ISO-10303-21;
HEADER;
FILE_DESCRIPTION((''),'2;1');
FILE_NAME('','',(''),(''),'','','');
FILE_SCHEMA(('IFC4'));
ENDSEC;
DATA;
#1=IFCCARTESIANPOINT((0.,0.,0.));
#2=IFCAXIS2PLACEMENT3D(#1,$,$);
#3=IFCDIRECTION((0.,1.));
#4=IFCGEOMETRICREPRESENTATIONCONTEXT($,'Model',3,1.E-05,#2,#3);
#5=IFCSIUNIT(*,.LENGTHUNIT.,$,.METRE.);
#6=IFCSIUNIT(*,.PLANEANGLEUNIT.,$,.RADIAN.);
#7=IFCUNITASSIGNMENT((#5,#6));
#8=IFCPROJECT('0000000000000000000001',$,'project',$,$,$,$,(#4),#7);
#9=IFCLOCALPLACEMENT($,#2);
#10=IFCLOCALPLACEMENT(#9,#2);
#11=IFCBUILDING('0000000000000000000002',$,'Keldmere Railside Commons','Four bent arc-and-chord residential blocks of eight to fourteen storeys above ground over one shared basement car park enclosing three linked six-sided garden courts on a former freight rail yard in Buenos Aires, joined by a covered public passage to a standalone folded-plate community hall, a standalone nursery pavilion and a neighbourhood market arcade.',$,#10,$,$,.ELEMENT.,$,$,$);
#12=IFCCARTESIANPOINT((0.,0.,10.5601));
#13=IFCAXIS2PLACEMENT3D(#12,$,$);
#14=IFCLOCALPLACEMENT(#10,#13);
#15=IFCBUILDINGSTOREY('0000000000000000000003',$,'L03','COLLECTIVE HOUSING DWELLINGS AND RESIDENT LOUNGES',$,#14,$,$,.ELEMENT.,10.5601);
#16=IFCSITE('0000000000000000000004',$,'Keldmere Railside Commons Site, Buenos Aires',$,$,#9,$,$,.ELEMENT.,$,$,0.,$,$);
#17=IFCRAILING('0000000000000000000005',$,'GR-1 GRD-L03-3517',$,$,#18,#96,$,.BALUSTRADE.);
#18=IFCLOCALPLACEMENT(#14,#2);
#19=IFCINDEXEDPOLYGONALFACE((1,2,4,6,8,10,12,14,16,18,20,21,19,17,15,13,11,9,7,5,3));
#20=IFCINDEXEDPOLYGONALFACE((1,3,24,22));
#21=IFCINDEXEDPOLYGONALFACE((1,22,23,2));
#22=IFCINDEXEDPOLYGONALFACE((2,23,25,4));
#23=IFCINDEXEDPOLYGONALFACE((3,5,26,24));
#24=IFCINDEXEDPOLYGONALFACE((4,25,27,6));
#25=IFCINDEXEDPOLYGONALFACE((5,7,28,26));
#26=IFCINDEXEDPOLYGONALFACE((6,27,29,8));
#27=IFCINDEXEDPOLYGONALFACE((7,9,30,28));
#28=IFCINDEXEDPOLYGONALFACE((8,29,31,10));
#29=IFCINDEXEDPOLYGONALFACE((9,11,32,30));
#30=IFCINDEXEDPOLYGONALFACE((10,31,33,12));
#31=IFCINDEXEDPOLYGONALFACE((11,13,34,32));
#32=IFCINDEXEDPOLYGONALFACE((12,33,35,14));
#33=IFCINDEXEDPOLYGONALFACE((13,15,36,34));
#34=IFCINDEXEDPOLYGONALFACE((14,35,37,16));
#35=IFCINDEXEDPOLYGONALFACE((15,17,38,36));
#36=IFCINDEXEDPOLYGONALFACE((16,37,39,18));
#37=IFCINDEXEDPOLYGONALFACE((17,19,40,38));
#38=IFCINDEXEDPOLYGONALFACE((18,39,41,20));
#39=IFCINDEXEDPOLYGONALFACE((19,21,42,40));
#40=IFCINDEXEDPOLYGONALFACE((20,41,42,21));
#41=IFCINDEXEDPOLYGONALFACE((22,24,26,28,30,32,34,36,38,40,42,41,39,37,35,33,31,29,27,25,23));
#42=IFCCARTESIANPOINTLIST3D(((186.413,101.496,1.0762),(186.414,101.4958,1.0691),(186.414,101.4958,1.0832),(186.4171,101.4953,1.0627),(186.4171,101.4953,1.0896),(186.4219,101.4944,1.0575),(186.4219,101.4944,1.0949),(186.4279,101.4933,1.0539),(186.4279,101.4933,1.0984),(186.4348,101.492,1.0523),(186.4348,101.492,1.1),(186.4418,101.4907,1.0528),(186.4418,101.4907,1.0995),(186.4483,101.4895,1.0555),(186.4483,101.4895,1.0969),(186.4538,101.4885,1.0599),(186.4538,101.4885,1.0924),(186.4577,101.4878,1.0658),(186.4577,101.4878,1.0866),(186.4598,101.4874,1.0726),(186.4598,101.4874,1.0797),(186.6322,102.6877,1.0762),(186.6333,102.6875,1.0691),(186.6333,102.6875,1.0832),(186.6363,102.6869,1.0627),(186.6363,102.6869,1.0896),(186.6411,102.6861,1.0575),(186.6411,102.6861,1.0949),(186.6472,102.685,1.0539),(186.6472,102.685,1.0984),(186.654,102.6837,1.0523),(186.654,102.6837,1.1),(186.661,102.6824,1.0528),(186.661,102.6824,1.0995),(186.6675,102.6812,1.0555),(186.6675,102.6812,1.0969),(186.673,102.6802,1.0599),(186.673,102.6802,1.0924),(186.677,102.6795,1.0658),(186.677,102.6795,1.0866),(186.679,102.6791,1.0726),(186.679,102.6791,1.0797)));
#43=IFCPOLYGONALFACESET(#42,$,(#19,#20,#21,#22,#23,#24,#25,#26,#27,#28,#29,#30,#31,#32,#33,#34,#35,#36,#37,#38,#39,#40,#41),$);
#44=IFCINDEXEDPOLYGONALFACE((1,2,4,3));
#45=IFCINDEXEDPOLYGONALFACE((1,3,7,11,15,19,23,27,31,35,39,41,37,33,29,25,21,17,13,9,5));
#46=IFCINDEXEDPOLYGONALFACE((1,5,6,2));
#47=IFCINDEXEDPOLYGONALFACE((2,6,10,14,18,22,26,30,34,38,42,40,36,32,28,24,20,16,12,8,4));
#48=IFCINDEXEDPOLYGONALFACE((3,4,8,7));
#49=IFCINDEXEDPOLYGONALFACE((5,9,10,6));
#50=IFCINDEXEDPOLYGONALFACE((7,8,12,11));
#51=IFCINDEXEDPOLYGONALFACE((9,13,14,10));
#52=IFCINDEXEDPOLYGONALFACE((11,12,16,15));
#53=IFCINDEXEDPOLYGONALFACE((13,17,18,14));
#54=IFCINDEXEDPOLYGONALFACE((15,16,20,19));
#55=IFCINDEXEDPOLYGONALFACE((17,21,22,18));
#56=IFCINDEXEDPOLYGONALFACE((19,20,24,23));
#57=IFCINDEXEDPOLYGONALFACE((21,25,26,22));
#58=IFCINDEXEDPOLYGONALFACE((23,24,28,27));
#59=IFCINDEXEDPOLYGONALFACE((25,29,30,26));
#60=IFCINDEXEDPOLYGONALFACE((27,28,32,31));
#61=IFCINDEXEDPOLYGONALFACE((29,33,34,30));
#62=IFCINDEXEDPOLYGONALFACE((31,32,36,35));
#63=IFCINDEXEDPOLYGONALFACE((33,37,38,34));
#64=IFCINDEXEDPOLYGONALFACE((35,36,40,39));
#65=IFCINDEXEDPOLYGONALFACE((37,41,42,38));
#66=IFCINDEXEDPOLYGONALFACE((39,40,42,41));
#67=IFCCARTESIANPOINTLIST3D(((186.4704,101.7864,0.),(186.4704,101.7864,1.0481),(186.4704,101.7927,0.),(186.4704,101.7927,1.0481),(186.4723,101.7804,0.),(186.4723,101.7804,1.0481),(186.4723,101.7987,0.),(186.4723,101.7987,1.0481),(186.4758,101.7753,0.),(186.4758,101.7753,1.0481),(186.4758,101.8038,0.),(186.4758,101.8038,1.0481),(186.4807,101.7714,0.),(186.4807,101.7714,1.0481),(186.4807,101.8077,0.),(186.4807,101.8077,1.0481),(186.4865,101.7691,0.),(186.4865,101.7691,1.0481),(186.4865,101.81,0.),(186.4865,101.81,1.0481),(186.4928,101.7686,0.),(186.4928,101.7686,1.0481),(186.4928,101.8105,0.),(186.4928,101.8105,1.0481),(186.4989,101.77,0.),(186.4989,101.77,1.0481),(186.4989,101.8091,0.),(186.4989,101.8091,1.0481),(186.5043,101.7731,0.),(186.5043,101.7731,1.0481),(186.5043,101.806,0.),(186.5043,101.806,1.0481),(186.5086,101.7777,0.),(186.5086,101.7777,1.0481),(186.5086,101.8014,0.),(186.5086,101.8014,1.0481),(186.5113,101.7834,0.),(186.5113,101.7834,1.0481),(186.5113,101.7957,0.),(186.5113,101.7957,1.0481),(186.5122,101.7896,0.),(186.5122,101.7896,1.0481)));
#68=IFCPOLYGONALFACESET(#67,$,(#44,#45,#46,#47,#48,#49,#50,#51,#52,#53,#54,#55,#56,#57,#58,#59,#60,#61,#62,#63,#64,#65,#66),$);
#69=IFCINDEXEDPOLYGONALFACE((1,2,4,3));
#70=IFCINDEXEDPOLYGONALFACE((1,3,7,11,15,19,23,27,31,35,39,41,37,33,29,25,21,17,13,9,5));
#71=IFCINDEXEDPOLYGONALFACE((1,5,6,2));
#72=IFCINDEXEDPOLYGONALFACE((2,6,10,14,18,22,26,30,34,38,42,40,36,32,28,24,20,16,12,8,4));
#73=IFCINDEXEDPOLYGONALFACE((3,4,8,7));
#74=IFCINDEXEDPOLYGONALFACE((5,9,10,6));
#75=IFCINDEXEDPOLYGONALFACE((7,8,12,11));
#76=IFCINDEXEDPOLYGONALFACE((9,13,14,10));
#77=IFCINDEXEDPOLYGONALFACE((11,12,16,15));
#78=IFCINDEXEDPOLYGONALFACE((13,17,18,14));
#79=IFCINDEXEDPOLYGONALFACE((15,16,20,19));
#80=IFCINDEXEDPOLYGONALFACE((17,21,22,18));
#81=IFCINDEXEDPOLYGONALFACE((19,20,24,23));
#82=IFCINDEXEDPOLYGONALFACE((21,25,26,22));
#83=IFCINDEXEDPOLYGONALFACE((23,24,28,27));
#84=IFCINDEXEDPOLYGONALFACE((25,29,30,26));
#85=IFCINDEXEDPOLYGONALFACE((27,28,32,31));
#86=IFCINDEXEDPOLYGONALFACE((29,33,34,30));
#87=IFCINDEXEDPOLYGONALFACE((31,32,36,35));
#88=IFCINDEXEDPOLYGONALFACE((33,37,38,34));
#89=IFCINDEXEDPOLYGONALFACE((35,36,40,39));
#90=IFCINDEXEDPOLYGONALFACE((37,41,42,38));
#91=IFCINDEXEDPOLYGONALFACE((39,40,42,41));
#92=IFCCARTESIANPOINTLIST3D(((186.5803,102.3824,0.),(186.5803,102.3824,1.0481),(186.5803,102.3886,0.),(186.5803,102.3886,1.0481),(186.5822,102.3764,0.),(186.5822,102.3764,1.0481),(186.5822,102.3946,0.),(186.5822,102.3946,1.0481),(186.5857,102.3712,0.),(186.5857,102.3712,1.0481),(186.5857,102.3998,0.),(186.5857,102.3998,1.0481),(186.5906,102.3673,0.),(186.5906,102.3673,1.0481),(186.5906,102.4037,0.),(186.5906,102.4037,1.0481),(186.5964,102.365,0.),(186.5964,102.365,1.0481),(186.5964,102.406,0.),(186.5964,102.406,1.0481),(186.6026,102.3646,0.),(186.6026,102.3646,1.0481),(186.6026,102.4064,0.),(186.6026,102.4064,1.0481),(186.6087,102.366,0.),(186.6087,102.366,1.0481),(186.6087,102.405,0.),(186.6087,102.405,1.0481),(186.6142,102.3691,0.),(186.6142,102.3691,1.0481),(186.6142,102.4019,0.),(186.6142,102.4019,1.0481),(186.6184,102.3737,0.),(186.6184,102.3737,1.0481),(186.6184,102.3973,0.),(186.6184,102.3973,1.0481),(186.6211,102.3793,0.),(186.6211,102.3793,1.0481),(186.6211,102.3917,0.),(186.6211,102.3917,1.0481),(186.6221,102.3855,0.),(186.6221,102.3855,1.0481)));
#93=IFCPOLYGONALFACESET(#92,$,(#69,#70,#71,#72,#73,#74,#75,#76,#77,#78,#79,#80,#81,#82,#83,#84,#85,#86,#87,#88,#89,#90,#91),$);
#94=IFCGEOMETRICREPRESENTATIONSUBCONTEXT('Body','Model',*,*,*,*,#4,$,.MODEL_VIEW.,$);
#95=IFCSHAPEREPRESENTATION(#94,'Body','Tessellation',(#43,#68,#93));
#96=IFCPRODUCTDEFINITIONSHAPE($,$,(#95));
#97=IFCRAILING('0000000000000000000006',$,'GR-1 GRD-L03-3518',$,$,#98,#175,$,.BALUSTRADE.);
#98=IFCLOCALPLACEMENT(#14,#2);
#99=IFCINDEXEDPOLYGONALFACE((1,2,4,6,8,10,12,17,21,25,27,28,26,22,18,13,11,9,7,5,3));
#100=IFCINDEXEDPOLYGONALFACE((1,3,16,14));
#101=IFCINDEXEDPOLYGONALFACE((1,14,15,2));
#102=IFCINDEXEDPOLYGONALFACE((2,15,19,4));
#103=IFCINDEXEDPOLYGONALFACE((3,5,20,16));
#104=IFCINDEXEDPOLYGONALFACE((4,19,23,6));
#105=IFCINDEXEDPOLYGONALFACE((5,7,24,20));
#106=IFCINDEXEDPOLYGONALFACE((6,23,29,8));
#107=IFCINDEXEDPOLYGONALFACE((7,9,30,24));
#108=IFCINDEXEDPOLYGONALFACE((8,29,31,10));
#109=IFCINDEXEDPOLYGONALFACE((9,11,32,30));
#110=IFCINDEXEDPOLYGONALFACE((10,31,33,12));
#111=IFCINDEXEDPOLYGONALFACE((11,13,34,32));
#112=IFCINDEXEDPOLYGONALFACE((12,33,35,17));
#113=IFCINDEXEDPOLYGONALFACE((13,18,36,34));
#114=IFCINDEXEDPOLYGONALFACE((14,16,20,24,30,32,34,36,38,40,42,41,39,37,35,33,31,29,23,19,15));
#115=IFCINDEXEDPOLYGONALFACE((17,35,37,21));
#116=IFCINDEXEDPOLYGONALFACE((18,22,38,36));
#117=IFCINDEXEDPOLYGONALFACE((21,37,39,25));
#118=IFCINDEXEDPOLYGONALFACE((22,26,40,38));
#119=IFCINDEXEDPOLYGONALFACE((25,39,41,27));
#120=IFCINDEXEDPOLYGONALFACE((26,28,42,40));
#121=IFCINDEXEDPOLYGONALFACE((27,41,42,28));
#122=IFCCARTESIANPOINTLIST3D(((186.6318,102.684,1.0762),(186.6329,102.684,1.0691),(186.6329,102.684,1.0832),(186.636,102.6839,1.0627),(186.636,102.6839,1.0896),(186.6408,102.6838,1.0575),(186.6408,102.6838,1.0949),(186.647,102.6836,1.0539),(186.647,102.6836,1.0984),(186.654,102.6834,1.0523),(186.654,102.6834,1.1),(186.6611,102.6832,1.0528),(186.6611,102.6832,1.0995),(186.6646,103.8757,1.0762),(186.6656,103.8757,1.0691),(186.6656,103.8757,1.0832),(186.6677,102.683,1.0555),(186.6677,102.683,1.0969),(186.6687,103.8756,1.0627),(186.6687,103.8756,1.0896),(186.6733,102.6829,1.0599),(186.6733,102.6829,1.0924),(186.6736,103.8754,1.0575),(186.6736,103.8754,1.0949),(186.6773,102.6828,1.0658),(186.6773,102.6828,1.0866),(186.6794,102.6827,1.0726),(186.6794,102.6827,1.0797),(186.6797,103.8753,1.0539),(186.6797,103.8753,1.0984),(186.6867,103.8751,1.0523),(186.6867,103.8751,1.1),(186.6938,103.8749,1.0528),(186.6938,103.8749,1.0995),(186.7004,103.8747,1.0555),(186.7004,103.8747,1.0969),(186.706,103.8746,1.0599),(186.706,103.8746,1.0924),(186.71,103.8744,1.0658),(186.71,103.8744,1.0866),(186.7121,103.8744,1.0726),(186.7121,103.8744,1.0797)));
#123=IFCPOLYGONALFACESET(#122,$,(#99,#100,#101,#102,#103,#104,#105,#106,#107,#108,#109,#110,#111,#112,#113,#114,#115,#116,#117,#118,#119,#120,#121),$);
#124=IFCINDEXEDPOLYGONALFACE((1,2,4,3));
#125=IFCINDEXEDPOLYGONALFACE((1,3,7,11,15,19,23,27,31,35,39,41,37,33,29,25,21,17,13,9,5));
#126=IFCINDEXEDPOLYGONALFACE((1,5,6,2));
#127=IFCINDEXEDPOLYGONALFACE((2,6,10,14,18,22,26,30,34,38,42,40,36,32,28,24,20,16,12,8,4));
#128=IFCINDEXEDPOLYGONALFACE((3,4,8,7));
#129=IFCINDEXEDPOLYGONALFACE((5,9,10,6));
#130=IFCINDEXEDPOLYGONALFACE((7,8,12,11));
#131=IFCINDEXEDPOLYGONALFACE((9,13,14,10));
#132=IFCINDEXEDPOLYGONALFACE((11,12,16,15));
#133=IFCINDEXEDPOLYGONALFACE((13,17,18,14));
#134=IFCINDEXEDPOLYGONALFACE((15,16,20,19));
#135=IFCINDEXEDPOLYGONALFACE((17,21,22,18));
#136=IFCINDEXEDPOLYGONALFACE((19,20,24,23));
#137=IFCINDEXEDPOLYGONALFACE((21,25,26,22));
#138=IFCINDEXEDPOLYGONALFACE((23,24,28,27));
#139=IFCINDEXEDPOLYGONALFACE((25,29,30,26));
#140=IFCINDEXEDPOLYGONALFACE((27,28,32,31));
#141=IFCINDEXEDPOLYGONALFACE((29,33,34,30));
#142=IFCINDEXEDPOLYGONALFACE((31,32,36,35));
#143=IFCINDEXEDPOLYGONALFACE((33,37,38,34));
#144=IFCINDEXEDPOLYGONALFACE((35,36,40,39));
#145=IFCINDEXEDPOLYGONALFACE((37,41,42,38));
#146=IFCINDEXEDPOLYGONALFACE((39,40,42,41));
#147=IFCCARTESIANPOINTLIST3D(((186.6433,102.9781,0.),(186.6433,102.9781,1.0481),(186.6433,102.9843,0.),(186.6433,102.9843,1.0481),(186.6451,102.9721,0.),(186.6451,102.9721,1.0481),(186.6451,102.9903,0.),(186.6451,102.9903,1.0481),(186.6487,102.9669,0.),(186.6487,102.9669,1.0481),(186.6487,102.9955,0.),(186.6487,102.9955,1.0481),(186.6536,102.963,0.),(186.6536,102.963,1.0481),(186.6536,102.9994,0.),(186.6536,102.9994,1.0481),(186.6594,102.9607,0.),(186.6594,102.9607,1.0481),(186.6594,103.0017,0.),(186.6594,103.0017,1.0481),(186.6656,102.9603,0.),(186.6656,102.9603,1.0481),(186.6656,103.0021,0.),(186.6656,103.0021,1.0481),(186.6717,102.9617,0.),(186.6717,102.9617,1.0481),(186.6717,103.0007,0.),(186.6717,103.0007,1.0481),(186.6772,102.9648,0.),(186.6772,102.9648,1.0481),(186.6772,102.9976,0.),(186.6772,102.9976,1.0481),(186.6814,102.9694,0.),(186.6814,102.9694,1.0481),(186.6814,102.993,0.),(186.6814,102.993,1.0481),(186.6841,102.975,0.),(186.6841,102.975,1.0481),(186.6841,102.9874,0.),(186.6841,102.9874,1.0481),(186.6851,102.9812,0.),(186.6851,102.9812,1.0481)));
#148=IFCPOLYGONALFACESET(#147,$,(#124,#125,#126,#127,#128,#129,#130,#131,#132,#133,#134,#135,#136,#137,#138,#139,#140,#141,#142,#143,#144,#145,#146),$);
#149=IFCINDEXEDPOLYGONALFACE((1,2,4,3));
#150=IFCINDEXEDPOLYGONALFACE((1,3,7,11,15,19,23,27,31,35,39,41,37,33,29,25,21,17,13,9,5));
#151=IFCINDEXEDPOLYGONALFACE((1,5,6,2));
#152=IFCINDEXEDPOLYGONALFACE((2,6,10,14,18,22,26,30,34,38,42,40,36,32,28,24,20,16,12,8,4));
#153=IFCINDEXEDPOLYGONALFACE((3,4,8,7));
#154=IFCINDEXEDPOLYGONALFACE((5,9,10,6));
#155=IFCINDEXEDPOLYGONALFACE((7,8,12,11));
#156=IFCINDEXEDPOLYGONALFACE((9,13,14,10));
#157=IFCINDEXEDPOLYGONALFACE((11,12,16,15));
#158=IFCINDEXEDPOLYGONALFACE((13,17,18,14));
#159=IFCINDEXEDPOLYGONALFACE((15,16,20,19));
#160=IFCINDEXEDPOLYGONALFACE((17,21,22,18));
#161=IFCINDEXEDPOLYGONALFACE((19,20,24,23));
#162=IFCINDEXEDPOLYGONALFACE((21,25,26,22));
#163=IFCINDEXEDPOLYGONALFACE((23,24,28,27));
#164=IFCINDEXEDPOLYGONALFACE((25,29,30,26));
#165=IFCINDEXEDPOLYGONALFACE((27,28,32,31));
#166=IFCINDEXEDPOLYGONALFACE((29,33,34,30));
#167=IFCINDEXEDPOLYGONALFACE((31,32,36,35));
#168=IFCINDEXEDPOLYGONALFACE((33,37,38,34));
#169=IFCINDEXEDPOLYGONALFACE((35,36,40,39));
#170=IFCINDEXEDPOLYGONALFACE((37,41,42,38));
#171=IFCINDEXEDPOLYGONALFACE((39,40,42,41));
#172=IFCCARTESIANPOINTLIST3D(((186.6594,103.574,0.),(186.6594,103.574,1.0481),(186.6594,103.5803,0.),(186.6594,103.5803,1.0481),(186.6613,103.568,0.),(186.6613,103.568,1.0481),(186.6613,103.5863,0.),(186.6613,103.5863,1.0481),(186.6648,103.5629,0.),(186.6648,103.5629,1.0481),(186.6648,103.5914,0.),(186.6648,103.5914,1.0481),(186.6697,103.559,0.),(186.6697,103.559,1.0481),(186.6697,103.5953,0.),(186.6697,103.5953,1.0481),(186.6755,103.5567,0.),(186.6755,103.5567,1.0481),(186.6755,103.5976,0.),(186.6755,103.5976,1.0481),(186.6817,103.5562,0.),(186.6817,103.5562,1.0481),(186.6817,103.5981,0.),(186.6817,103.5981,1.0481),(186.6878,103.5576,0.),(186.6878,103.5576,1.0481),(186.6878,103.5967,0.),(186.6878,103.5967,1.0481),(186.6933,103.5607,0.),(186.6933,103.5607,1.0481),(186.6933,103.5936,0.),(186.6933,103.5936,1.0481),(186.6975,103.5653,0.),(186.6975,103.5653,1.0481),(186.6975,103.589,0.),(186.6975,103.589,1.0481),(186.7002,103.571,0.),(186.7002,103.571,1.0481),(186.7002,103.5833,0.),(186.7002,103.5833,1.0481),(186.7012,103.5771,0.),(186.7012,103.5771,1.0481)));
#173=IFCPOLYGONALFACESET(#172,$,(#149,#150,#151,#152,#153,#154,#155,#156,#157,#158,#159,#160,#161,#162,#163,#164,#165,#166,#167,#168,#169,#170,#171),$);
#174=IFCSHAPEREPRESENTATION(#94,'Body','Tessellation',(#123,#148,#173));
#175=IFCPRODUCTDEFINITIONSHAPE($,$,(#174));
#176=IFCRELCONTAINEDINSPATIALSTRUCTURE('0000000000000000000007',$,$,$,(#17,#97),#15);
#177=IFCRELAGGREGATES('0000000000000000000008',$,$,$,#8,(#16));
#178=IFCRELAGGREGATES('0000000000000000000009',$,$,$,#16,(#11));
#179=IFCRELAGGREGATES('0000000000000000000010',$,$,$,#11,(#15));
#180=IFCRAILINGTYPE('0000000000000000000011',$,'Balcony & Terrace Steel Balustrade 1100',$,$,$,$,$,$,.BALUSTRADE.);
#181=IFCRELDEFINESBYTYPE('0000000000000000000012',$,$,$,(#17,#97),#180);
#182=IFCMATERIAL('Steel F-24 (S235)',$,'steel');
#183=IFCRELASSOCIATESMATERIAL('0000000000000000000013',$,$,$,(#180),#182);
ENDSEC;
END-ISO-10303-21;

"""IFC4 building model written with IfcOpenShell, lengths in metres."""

from ifc_helpers import new_model, si_unit, direction, frame, origin, origin_2d, place, context, subcontext, project, spatial, circle, extrude, material, type_object, element, save


model = new_model("IFC4")

# Units and contexts
model_context = context("Model", 3, precision=1e-05, world=origin(), true_north=direction((0.0, 1.0)))
body_context = subcontext(model_context, "Body", "Model", "MODEL_VIEW")
ifc_project = project(units=[si_unit("LENGTHUNIT", "METRE"), si_unit("PLANEANGLEUNIT", "RADIAN")], contexts=[model_context])

# Site, building, storey
site_placement = place(None, origin())
site = spatial("IfcSite", under=ifc_project, at=site_placement, Name="Keldmere Railside Commons Site, Buenos Aires", CompositionType="ELEMENT", RefElevation=0.0)
building_placement = place(site_placement, origin())
building = spatial("IfcBuilding", under=site, at=building_placement, Name="Keldmere Railside Commons", Description="Four bent arc-and-chord residential blocks of eight to fourteen storeys above ground over one shared basement car park enclosing three linked six-sided garden courts on a former freight rail yard in Buenos Aires, joined by a covered public passage to a standalone folded-plate community hall, a standalone nursery pavilion and a neighbourhood market arcade.", CompositionType="ELEMENT")
storey_placement = place(building_placement, frame((0.0, 0.0, 10.5601)))
storey = spatial("IfcBuildingStorey", under=building, at=storey_placement, Name="L03", Description="COLLECTIVE HOUSING DWELLINGS AND RESIDENT LOUNGES", CompositionType="ELEMENT", Elevation=10.5601)

# Railings
ifc_material_1 = material(Name="Steel F-24 (S235)", Category="steel")
railing_type = type_object("IfcRailingType", Name="Balcony & Terrace Steel Balustrade 1100", PredefinedType="BALUSTRADE", material=ifc_material_1)
railing_1_placement = place(storey_placement, frame((186.4365, 101.4917, 0.0)))
element("IfcRailing", 1, at=railing_1_placement, inside=storey, type_object=railing_type, Name="GR-1 GRD-L03-3517", PredefinedType="BALUSTRADE", context=body_context, shape_type="SweptSolid", body=[
    extrude(circle(Radius=0.0239, at=origin_2d()), frame((0.0, 0.0, 1.0762), z_axis=(0.180942, 0.983494, 0.0), x_axis=(-0.983494, 0.180942, 0.0)), (0.0, 0.0, 1.0), 1.2117),
    extrude(circle(Radius=0.021, at=origin_2d()), frame((0.0547, 0.2979, 0.0)), (0.0, 0.0, 1.0), 1.0481),
    extrude(circle(Radius=0.021, at=origin_2d()), frame((0.1646, 0.8938, 0.0)), (0.0, 0.0, 1.0), 1.0481),
])
railing_2_placement = place(storey_placement, frame((186.6558, 102.6833, 0.0)))
element("IfcRailing", 2, at=railing_2_placement, inside=storey, type_object=railing_type, Name="GR-1 GRD-L03-3518", PredefinedType="BALUSTRADE", context=body_context, shape_type="SweptSolid", body=[
    extrude(circle(Radius=0.0239, at=origin_2d()), frame((0.0, 0.0, 1.0762), z_axis=(0.027443, 0.999623, 0.0), x_axis=(-0.999623, 0.027443, 0.0)), (0.0, 0.0, 1.0), 1.1921),
    extrude(circle(Radius=0.021, at=origin_2d()), frame((0.0083, 0.2979, 0.0)), (0.0, 0.0, 1.0), 1.0481),
    extrude(circle(Radius=0.021, at=origin_2d()), frame((0.0244, 0.8938, 0.0)), (0.0, 0.0, 1.0), 1.0481),
])

save(model, "model.ifc")
